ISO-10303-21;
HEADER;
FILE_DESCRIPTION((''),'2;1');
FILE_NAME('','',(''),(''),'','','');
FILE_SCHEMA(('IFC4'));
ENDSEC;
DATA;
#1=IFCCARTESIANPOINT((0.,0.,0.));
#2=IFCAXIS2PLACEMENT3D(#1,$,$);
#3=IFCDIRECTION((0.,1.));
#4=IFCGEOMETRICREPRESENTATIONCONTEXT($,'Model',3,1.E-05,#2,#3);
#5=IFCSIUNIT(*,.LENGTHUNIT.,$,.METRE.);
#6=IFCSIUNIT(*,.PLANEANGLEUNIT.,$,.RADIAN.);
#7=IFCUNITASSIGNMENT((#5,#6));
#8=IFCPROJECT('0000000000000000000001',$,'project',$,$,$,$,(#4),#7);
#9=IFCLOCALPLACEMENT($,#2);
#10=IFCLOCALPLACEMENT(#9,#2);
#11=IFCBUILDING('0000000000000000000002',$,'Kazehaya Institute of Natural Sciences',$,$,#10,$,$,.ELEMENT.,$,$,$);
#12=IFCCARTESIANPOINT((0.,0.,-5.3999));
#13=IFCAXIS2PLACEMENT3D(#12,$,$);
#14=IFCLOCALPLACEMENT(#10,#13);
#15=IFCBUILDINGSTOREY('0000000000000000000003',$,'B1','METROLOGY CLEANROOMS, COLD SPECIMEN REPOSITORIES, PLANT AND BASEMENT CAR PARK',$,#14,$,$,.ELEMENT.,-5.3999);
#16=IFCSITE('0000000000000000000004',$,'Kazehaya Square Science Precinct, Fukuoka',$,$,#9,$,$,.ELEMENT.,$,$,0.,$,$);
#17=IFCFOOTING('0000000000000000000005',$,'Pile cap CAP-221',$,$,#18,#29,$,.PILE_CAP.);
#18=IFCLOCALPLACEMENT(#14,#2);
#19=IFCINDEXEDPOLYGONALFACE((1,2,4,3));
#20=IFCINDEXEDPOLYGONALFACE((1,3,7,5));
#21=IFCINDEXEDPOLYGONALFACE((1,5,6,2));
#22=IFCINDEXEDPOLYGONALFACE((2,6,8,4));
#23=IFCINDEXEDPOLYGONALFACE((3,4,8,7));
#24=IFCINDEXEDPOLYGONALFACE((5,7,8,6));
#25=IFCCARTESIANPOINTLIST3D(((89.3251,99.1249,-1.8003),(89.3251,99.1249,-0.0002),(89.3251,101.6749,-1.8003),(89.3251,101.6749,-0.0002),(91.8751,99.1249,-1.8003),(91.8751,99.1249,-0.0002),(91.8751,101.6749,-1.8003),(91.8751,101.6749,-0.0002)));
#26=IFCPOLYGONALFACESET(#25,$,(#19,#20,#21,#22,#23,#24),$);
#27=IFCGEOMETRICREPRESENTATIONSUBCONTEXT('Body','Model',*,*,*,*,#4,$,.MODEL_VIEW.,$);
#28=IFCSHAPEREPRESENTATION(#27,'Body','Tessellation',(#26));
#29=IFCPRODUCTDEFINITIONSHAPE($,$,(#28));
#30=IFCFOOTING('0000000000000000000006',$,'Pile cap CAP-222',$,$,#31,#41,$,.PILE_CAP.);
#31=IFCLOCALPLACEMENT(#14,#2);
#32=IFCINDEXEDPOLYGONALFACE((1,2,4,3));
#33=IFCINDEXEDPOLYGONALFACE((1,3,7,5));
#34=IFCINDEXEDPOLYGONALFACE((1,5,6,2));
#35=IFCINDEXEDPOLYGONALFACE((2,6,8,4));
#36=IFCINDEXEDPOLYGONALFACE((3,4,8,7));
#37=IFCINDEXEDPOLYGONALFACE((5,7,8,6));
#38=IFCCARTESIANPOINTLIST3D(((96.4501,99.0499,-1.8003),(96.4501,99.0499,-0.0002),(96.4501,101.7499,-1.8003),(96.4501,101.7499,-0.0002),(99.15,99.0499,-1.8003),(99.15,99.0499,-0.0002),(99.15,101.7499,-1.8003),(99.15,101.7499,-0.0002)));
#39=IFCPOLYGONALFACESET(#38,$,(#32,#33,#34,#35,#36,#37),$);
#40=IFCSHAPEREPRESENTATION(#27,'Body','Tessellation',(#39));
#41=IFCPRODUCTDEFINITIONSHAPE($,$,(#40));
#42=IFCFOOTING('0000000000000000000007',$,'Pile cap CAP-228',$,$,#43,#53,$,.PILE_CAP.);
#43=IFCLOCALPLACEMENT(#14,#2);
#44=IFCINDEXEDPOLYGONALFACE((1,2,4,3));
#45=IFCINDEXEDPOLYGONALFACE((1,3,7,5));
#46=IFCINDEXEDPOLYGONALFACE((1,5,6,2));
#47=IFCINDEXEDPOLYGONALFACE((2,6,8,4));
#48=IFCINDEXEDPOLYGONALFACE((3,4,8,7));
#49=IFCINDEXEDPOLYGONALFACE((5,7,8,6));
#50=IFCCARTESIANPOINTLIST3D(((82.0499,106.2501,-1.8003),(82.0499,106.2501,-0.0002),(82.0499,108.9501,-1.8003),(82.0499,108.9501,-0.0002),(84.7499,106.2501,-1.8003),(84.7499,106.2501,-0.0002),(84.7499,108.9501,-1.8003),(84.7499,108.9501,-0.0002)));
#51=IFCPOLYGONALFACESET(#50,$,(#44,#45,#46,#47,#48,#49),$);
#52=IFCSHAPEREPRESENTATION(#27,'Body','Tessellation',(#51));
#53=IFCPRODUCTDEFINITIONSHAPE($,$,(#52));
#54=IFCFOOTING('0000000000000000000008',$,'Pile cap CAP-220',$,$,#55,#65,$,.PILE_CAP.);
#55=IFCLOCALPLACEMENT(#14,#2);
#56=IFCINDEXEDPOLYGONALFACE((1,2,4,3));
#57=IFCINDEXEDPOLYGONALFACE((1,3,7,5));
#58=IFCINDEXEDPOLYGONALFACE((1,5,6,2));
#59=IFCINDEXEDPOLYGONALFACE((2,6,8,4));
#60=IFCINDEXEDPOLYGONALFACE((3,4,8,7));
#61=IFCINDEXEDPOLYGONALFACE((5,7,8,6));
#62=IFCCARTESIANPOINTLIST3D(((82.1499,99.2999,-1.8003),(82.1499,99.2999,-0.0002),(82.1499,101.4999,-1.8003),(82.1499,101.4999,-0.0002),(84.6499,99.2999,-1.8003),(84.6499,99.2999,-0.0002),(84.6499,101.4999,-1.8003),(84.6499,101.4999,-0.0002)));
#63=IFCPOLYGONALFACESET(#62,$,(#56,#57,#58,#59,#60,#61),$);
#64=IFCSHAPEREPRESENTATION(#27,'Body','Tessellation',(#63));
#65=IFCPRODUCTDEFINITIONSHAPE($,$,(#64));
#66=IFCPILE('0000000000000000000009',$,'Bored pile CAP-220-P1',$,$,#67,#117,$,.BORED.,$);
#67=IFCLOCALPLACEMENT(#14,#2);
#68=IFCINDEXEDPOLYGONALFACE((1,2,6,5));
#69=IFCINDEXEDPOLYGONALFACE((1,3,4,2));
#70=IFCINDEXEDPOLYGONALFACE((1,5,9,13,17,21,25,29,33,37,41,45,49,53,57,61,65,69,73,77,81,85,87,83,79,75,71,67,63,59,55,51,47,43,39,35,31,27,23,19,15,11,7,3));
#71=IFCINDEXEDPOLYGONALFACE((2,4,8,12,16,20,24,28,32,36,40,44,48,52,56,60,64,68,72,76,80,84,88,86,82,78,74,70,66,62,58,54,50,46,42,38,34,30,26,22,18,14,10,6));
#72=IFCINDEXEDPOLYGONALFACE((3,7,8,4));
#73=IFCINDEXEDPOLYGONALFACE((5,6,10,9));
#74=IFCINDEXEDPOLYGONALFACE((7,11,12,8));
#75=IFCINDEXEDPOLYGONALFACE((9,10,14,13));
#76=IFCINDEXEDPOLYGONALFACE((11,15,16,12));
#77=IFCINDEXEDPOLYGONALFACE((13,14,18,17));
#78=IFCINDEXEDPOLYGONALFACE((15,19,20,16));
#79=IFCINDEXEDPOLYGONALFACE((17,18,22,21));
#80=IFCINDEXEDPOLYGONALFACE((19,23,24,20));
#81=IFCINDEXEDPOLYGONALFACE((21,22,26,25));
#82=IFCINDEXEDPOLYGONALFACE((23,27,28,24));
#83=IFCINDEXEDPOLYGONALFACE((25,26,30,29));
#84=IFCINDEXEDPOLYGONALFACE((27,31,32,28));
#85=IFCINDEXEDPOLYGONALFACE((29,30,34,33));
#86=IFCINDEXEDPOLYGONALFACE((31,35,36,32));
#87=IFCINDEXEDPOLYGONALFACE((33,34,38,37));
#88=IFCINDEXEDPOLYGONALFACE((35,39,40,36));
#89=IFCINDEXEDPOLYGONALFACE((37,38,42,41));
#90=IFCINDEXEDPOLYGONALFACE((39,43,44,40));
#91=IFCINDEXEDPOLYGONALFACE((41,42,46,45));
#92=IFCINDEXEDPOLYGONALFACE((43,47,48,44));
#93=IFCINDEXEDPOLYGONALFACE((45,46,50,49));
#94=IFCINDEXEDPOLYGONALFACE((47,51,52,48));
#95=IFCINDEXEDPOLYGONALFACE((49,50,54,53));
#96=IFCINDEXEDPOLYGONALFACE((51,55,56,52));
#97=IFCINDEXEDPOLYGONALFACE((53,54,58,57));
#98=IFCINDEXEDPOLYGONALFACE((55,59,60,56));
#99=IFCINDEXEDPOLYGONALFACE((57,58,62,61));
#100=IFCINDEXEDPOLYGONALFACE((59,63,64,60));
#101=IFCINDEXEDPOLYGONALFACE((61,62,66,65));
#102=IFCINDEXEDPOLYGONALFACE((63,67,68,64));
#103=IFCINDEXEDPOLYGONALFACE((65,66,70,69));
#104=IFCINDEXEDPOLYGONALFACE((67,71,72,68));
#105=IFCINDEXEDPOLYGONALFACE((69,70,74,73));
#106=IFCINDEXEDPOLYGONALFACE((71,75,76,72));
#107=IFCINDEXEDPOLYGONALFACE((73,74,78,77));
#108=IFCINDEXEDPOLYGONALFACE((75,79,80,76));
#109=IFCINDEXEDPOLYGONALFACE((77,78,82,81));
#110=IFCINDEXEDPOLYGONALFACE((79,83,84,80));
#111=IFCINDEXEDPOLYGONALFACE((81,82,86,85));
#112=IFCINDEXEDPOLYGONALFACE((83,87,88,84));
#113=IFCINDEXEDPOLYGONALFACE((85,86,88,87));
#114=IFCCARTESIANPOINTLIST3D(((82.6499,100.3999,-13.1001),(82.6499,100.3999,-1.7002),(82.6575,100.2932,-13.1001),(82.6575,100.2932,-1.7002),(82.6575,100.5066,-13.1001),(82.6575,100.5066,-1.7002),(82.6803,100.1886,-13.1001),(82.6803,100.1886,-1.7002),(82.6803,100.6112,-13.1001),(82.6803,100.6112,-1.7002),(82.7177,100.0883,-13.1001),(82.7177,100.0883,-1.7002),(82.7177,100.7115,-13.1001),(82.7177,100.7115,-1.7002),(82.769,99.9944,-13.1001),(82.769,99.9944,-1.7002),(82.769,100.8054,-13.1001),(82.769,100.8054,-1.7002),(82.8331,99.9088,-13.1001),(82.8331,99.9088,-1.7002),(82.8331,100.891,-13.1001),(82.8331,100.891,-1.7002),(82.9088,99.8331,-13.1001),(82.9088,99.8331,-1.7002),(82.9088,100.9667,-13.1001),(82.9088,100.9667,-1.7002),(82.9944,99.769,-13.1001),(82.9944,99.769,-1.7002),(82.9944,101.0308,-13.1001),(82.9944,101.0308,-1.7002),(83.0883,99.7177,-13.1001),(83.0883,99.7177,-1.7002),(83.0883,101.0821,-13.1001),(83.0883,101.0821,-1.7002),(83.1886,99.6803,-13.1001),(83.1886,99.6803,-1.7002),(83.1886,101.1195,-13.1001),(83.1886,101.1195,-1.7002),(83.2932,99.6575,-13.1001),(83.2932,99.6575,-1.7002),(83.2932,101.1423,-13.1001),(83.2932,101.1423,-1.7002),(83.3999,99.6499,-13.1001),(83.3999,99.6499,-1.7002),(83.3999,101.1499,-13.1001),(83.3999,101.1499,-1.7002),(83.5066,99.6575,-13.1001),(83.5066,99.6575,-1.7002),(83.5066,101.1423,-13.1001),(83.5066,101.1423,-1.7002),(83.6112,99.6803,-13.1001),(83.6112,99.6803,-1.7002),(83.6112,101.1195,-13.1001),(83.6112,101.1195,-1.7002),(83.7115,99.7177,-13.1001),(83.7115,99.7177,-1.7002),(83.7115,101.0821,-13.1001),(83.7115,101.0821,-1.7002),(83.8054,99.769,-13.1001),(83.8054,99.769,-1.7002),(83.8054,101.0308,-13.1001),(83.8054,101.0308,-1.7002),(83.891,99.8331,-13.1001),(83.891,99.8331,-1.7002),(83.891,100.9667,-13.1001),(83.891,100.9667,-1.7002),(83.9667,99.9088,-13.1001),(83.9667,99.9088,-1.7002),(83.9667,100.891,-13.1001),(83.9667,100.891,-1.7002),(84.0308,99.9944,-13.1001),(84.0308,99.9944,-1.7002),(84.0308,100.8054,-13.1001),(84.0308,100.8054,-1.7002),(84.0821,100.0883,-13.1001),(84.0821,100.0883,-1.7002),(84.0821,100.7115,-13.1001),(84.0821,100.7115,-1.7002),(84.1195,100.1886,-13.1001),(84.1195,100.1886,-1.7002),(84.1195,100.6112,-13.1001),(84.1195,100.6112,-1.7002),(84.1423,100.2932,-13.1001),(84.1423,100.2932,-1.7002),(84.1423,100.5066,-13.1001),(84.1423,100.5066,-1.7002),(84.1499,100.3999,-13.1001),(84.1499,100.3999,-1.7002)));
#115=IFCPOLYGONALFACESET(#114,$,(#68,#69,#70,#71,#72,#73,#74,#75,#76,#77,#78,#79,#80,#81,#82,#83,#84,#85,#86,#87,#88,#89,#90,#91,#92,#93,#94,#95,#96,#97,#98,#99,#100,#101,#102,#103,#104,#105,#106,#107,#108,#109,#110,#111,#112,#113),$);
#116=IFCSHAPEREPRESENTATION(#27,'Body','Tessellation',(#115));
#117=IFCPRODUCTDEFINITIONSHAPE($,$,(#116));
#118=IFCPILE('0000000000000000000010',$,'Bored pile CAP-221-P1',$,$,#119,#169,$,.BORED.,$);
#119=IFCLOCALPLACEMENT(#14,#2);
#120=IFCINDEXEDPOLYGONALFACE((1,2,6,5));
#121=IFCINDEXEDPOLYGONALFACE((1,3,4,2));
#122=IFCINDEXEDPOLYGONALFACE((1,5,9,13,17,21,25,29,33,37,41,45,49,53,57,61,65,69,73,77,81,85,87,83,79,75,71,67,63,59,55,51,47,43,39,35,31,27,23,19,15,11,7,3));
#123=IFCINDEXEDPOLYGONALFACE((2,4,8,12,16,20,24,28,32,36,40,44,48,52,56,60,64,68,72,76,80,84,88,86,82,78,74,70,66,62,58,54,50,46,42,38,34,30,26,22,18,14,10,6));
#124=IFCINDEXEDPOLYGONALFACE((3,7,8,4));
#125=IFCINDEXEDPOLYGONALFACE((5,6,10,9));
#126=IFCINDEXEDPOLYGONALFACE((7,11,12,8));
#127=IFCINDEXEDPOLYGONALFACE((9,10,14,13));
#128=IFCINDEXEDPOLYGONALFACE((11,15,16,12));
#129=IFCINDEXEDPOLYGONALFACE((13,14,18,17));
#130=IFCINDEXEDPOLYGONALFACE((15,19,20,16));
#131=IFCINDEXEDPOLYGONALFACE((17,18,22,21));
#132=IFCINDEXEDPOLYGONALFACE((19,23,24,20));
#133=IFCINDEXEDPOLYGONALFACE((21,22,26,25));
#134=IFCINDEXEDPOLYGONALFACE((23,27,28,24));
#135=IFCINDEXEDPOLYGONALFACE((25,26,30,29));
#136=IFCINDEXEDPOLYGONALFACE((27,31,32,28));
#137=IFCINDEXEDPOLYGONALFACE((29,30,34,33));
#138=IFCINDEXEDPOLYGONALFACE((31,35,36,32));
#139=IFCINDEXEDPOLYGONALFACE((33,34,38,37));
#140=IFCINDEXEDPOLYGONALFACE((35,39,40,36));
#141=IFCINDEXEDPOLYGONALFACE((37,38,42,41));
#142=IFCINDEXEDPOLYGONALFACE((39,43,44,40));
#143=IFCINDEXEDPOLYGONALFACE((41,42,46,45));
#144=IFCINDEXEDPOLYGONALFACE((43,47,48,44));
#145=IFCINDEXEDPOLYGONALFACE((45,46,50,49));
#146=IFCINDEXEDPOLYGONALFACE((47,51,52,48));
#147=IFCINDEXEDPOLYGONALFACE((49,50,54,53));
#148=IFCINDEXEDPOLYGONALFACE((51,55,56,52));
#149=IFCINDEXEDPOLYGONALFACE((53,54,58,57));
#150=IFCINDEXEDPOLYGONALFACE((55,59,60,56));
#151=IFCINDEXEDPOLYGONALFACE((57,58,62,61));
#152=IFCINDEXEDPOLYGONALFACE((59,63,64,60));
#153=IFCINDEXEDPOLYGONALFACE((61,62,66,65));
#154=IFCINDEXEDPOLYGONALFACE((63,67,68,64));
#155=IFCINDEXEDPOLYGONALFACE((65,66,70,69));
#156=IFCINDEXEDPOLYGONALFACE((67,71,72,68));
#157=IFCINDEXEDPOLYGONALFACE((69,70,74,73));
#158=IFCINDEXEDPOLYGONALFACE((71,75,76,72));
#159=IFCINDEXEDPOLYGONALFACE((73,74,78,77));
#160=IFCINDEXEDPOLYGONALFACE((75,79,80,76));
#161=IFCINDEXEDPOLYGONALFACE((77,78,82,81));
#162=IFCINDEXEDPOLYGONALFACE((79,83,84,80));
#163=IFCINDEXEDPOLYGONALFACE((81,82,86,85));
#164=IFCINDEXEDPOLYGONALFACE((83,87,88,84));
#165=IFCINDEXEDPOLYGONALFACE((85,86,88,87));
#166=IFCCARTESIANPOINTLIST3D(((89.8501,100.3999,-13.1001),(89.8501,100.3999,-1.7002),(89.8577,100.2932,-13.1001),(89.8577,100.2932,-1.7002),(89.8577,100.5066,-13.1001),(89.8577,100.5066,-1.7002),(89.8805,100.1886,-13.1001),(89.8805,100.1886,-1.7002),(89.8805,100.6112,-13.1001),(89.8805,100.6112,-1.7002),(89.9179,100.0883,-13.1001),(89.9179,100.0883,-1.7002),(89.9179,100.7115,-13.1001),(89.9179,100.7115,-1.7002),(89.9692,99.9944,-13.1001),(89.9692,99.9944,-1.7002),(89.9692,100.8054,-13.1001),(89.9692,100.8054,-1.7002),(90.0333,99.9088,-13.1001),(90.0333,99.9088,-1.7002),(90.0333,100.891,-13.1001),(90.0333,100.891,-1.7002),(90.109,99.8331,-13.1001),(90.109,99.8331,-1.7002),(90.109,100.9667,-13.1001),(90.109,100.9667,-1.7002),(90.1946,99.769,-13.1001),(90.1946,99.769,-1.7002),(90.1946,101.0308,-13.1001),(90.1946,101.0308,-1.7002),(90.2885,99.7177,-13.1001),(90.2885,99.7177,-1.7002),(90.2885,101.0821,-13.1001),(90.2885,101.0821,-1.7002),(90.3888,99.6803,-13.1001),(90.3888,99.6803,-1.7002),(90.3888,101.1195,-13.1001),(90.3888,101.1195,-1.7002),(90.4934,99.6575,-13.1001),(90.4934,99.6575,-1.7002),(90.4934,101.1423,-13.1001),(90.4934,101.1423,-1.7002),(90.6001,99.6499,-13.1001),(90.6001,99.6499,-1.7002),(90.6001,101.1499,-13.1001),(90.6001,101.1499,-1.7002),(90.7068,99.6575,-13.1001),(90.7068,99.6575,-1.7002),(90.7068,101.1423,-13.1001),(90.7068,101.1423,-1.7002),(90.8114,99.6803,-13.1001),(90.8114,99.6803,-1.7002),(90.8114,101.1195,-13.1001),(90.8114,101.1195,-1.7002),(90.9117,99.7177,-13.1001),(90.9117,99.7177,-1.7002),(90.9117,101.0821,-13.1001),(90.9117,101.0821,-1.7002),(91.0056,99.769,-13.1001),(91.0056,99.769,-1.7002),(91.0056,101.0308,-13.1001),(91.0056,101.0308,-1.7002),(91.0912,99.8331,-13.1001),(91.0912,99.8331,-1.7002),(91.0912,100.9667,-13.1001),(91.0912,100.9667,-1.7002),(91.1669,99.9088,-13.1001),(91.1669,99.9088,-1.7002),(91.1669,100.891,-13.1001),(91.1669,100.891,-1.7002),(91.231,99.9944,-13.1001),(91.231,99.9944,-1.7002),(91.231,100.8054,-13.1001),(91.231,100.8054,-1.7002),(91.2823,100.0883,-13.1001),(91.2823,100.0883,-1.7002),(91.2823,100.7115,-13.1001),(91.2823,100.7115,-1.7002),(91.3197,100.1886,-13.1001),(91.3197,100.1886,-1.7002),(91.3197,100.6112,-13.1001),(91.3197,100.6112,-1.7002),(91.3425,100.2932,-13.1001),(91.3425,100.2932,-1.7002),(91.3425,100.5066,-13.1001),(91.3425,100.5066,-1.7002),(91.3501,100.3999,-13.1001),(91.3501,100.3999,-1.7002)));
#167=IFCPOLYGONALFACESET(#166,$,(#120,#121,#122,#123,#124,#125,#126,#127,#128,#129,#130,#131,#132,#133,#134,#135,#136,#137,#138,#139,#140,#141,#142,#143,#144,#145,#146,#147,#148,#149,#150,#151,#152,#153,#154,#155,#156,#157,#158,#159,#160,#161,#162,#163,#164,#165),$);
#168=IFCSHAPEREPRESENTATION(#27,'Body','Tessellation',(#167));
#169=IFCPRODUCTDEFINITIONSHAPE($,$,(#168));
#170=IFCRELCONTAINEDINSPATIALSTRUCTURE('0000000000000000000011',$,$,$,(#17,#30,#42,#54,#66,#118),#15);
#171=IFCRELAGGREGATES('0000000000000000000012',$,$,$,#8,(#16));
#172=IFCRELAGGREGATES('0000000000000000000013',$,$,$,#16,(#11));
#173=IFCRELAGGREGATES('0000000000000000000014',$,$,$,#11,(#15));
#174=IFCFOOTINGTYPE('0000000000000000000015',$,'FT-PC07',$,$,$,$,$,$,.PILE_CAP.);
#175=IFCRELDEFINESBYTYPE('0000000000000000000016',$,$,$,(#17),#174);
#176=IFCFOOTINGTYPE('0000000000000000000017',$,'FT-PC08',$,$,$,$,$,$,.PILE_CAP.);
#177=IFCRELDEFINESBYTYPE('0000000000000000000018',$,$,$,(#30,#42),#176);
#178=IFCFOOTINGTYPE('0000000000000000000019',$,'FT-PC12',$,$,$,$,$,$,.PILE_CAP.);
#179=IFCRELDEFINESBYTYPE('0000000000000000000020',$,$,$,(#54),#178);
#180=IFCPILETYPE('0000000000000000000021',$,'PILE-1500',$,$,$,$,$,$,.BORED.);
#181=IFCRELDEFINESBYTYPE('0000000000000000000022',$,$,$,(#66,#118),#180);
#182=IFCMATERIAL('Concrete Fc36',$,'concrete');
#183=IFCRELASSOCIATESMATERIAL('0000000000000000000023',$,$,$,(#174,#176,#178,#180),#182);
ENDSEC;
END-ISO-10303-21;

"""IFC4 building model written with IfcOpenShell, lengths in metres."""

from ifc_helpers import new_model, si_unit, direction, frame, origin, origin_2d, place, context, subcontext, project, spatial, rectangle, circle, extrude, material, material_profile, profile_set, type_object, element, save


model = new_model("IFC4")

# Units and contexts
model_context = context("Model", 3, precision=1e-05, world=origin(), true_north=direction((0.0, 1.0)))
body_context = subcontext(model_context, "Body", "Model", "MODEL_VIEW")
ifc_project = project(units=[si_unit("LENGTHUNIT", "METRE"), si_unit("PLANEANGLEUNIT", "RADIAN")], contexts=[model_context])

# Site, building, storey
site_placement = place(None, origin())
site = spatial("IfcSite", under=ifc_project, at=site_placement, Name="Kazehaya Square Science Precinct, Fukuoka", CompositionType="ELEMENT", RefElevation=0.0)
building_placement = place(site_placement, origin())
building = spatial("IfcBuilding", under=site, at=building_placement, Name="Kazehaya Institute of Natural Sciences", CompositionType="ELEMENT")
storey_placement = place(building_placement, frame((0.0, 0.0, -5.3999)))
storey = spatial("IfcBuildingStorey", under=building, at=storey_placement, Name="B1", Description="METROLOGY CLEANROOMS, COLD SPECIMEN REPOSITORIES, PLANT AND BASEMENT CAR PARK", CompositionType="ELEMENT", Elevation=-5.3999)

# Footings
ifc_material_1 = material(Name="Concrete Fc36", Category="concrete")
footing_type_1 = type_object("IfcFootingType", Name="FT-PC07", PredefinedType="PILE_CAP", material=ifc_material_1)
footing_1_placement = place(storey_placement, frame((90.6001, 100.3999, -1.8003), z_axis=(0.0, 0.0, 1.0), x_axis=(1.0, 0.0, 0.0)))
element("IfcFooting", 1, at=footing_1_placement, inside=storey, type_object=footing_type_1, Name="Pile cap CAP-221", PredefinedType="PILE_CAP", context=body_context, shape_type="SweptSolid", body=[
    extrude(rectangle(XDim=2.55, YDim=2.55, at=origin_2d()), origin(), (0.0, 0.0, 1.0), 1.8),
])
footing_type_2 = type_object("IfcFootingType", Name="FT-PC08", PredefinedType="PILE_CAP", material=ifc_material_1)
for number, where, z_axis, x_axis, name in (
    (2, (97.8, 100.3999, -1.8003), (0.0, 0.0, 1.0), (1.0, 0.0, 0.0), "Pile cap CAP-222"),
    (3, (83.3999, 107.6001, -1.8003), (0.0, 0.0, 1.0), (1.0, 0.0, 0.0), "Pile cap CAP-228"),
):
    element("IfcFooting", number, at=place(storey_placement, frame(where, z_axis=z_axis, x_axis=x_axis)), inside=storey, type_object=footing_type_2, Name=name, PredefinedType="PILE_CAP", context=body_context, shape_type="SweptSolid", body=[
        extrude(rectangle(XDim=2.7, YDim=2.7, at=origin_2d()), origin(), (0.0, 0.0, 1.0), 1.8),
    ])
footing_type_3 = type_object("IfcFootingType", Name="FT-PC12", PredefinedType="PILE_CAP", material=ifc_material_1)
footing_2_placement = place(storey_placement, frame((83.3999, 100.3999, -1.8003), z_axis=(0.0, 0.0, 1.0), x_axis=(1.0, 0.0, 0.0)))
element("IfcFooting", 4, at=footing_2_placement, inside=storey, type_object=footing_type_3, Name="Pile cap CAP-220", PredefinedType="PILE_CAP", context=body_context, shape_type="SweptSolid", body=[
    extrude(rectangle(XDim=2.5, YDim=2.2, at=origin_2d()), origin(), (0.0, 0.0, 1.0), 1.8),
])

# Piles
ifc_material_profile_1 = material_profile(ifc_material_1, circle(Radius=0.75, at=origin_2d()), Name="PILE-1500")
ifc_profile_set_1 = profile_set([ifc_material_profile_1], Name="Concrete Fc36")
pile_type_1 = type_object("IfcPileType", Name="PILE-1500", PredefinedType="BORED", material=ifc_profile_set_1)
for number, where, z_axis, x_axis, name in (
    (5, (83.3999, 100.3999, -1.7002), (0.0, 0.0, -1.0), (1.0, 0.0, 0.0), "Bored pile CAP-220-P1"),
    (6, (90.6001, 100.3999, -1.7002), (0.0, 0.0, -1.0), (1.0, 0.0, 0.0), "Bored pile CAP-221-P1"),
):
    element("IfcPile", number, at=place(storey_placement, frame(where, z_axis=z_axis, x_axis=x_axis)), inside=storey, type_object=pile_type_1, Name=name, PredefinedType="BORED", context=body_context, shape_type="SweptSolid", body=[
        extrude(circle(Radius=0.75, at=origin_2d()), origin(), (0.0, 0.0, 1.0), 11.3999),
    ])

save(model, "model.ifc")
